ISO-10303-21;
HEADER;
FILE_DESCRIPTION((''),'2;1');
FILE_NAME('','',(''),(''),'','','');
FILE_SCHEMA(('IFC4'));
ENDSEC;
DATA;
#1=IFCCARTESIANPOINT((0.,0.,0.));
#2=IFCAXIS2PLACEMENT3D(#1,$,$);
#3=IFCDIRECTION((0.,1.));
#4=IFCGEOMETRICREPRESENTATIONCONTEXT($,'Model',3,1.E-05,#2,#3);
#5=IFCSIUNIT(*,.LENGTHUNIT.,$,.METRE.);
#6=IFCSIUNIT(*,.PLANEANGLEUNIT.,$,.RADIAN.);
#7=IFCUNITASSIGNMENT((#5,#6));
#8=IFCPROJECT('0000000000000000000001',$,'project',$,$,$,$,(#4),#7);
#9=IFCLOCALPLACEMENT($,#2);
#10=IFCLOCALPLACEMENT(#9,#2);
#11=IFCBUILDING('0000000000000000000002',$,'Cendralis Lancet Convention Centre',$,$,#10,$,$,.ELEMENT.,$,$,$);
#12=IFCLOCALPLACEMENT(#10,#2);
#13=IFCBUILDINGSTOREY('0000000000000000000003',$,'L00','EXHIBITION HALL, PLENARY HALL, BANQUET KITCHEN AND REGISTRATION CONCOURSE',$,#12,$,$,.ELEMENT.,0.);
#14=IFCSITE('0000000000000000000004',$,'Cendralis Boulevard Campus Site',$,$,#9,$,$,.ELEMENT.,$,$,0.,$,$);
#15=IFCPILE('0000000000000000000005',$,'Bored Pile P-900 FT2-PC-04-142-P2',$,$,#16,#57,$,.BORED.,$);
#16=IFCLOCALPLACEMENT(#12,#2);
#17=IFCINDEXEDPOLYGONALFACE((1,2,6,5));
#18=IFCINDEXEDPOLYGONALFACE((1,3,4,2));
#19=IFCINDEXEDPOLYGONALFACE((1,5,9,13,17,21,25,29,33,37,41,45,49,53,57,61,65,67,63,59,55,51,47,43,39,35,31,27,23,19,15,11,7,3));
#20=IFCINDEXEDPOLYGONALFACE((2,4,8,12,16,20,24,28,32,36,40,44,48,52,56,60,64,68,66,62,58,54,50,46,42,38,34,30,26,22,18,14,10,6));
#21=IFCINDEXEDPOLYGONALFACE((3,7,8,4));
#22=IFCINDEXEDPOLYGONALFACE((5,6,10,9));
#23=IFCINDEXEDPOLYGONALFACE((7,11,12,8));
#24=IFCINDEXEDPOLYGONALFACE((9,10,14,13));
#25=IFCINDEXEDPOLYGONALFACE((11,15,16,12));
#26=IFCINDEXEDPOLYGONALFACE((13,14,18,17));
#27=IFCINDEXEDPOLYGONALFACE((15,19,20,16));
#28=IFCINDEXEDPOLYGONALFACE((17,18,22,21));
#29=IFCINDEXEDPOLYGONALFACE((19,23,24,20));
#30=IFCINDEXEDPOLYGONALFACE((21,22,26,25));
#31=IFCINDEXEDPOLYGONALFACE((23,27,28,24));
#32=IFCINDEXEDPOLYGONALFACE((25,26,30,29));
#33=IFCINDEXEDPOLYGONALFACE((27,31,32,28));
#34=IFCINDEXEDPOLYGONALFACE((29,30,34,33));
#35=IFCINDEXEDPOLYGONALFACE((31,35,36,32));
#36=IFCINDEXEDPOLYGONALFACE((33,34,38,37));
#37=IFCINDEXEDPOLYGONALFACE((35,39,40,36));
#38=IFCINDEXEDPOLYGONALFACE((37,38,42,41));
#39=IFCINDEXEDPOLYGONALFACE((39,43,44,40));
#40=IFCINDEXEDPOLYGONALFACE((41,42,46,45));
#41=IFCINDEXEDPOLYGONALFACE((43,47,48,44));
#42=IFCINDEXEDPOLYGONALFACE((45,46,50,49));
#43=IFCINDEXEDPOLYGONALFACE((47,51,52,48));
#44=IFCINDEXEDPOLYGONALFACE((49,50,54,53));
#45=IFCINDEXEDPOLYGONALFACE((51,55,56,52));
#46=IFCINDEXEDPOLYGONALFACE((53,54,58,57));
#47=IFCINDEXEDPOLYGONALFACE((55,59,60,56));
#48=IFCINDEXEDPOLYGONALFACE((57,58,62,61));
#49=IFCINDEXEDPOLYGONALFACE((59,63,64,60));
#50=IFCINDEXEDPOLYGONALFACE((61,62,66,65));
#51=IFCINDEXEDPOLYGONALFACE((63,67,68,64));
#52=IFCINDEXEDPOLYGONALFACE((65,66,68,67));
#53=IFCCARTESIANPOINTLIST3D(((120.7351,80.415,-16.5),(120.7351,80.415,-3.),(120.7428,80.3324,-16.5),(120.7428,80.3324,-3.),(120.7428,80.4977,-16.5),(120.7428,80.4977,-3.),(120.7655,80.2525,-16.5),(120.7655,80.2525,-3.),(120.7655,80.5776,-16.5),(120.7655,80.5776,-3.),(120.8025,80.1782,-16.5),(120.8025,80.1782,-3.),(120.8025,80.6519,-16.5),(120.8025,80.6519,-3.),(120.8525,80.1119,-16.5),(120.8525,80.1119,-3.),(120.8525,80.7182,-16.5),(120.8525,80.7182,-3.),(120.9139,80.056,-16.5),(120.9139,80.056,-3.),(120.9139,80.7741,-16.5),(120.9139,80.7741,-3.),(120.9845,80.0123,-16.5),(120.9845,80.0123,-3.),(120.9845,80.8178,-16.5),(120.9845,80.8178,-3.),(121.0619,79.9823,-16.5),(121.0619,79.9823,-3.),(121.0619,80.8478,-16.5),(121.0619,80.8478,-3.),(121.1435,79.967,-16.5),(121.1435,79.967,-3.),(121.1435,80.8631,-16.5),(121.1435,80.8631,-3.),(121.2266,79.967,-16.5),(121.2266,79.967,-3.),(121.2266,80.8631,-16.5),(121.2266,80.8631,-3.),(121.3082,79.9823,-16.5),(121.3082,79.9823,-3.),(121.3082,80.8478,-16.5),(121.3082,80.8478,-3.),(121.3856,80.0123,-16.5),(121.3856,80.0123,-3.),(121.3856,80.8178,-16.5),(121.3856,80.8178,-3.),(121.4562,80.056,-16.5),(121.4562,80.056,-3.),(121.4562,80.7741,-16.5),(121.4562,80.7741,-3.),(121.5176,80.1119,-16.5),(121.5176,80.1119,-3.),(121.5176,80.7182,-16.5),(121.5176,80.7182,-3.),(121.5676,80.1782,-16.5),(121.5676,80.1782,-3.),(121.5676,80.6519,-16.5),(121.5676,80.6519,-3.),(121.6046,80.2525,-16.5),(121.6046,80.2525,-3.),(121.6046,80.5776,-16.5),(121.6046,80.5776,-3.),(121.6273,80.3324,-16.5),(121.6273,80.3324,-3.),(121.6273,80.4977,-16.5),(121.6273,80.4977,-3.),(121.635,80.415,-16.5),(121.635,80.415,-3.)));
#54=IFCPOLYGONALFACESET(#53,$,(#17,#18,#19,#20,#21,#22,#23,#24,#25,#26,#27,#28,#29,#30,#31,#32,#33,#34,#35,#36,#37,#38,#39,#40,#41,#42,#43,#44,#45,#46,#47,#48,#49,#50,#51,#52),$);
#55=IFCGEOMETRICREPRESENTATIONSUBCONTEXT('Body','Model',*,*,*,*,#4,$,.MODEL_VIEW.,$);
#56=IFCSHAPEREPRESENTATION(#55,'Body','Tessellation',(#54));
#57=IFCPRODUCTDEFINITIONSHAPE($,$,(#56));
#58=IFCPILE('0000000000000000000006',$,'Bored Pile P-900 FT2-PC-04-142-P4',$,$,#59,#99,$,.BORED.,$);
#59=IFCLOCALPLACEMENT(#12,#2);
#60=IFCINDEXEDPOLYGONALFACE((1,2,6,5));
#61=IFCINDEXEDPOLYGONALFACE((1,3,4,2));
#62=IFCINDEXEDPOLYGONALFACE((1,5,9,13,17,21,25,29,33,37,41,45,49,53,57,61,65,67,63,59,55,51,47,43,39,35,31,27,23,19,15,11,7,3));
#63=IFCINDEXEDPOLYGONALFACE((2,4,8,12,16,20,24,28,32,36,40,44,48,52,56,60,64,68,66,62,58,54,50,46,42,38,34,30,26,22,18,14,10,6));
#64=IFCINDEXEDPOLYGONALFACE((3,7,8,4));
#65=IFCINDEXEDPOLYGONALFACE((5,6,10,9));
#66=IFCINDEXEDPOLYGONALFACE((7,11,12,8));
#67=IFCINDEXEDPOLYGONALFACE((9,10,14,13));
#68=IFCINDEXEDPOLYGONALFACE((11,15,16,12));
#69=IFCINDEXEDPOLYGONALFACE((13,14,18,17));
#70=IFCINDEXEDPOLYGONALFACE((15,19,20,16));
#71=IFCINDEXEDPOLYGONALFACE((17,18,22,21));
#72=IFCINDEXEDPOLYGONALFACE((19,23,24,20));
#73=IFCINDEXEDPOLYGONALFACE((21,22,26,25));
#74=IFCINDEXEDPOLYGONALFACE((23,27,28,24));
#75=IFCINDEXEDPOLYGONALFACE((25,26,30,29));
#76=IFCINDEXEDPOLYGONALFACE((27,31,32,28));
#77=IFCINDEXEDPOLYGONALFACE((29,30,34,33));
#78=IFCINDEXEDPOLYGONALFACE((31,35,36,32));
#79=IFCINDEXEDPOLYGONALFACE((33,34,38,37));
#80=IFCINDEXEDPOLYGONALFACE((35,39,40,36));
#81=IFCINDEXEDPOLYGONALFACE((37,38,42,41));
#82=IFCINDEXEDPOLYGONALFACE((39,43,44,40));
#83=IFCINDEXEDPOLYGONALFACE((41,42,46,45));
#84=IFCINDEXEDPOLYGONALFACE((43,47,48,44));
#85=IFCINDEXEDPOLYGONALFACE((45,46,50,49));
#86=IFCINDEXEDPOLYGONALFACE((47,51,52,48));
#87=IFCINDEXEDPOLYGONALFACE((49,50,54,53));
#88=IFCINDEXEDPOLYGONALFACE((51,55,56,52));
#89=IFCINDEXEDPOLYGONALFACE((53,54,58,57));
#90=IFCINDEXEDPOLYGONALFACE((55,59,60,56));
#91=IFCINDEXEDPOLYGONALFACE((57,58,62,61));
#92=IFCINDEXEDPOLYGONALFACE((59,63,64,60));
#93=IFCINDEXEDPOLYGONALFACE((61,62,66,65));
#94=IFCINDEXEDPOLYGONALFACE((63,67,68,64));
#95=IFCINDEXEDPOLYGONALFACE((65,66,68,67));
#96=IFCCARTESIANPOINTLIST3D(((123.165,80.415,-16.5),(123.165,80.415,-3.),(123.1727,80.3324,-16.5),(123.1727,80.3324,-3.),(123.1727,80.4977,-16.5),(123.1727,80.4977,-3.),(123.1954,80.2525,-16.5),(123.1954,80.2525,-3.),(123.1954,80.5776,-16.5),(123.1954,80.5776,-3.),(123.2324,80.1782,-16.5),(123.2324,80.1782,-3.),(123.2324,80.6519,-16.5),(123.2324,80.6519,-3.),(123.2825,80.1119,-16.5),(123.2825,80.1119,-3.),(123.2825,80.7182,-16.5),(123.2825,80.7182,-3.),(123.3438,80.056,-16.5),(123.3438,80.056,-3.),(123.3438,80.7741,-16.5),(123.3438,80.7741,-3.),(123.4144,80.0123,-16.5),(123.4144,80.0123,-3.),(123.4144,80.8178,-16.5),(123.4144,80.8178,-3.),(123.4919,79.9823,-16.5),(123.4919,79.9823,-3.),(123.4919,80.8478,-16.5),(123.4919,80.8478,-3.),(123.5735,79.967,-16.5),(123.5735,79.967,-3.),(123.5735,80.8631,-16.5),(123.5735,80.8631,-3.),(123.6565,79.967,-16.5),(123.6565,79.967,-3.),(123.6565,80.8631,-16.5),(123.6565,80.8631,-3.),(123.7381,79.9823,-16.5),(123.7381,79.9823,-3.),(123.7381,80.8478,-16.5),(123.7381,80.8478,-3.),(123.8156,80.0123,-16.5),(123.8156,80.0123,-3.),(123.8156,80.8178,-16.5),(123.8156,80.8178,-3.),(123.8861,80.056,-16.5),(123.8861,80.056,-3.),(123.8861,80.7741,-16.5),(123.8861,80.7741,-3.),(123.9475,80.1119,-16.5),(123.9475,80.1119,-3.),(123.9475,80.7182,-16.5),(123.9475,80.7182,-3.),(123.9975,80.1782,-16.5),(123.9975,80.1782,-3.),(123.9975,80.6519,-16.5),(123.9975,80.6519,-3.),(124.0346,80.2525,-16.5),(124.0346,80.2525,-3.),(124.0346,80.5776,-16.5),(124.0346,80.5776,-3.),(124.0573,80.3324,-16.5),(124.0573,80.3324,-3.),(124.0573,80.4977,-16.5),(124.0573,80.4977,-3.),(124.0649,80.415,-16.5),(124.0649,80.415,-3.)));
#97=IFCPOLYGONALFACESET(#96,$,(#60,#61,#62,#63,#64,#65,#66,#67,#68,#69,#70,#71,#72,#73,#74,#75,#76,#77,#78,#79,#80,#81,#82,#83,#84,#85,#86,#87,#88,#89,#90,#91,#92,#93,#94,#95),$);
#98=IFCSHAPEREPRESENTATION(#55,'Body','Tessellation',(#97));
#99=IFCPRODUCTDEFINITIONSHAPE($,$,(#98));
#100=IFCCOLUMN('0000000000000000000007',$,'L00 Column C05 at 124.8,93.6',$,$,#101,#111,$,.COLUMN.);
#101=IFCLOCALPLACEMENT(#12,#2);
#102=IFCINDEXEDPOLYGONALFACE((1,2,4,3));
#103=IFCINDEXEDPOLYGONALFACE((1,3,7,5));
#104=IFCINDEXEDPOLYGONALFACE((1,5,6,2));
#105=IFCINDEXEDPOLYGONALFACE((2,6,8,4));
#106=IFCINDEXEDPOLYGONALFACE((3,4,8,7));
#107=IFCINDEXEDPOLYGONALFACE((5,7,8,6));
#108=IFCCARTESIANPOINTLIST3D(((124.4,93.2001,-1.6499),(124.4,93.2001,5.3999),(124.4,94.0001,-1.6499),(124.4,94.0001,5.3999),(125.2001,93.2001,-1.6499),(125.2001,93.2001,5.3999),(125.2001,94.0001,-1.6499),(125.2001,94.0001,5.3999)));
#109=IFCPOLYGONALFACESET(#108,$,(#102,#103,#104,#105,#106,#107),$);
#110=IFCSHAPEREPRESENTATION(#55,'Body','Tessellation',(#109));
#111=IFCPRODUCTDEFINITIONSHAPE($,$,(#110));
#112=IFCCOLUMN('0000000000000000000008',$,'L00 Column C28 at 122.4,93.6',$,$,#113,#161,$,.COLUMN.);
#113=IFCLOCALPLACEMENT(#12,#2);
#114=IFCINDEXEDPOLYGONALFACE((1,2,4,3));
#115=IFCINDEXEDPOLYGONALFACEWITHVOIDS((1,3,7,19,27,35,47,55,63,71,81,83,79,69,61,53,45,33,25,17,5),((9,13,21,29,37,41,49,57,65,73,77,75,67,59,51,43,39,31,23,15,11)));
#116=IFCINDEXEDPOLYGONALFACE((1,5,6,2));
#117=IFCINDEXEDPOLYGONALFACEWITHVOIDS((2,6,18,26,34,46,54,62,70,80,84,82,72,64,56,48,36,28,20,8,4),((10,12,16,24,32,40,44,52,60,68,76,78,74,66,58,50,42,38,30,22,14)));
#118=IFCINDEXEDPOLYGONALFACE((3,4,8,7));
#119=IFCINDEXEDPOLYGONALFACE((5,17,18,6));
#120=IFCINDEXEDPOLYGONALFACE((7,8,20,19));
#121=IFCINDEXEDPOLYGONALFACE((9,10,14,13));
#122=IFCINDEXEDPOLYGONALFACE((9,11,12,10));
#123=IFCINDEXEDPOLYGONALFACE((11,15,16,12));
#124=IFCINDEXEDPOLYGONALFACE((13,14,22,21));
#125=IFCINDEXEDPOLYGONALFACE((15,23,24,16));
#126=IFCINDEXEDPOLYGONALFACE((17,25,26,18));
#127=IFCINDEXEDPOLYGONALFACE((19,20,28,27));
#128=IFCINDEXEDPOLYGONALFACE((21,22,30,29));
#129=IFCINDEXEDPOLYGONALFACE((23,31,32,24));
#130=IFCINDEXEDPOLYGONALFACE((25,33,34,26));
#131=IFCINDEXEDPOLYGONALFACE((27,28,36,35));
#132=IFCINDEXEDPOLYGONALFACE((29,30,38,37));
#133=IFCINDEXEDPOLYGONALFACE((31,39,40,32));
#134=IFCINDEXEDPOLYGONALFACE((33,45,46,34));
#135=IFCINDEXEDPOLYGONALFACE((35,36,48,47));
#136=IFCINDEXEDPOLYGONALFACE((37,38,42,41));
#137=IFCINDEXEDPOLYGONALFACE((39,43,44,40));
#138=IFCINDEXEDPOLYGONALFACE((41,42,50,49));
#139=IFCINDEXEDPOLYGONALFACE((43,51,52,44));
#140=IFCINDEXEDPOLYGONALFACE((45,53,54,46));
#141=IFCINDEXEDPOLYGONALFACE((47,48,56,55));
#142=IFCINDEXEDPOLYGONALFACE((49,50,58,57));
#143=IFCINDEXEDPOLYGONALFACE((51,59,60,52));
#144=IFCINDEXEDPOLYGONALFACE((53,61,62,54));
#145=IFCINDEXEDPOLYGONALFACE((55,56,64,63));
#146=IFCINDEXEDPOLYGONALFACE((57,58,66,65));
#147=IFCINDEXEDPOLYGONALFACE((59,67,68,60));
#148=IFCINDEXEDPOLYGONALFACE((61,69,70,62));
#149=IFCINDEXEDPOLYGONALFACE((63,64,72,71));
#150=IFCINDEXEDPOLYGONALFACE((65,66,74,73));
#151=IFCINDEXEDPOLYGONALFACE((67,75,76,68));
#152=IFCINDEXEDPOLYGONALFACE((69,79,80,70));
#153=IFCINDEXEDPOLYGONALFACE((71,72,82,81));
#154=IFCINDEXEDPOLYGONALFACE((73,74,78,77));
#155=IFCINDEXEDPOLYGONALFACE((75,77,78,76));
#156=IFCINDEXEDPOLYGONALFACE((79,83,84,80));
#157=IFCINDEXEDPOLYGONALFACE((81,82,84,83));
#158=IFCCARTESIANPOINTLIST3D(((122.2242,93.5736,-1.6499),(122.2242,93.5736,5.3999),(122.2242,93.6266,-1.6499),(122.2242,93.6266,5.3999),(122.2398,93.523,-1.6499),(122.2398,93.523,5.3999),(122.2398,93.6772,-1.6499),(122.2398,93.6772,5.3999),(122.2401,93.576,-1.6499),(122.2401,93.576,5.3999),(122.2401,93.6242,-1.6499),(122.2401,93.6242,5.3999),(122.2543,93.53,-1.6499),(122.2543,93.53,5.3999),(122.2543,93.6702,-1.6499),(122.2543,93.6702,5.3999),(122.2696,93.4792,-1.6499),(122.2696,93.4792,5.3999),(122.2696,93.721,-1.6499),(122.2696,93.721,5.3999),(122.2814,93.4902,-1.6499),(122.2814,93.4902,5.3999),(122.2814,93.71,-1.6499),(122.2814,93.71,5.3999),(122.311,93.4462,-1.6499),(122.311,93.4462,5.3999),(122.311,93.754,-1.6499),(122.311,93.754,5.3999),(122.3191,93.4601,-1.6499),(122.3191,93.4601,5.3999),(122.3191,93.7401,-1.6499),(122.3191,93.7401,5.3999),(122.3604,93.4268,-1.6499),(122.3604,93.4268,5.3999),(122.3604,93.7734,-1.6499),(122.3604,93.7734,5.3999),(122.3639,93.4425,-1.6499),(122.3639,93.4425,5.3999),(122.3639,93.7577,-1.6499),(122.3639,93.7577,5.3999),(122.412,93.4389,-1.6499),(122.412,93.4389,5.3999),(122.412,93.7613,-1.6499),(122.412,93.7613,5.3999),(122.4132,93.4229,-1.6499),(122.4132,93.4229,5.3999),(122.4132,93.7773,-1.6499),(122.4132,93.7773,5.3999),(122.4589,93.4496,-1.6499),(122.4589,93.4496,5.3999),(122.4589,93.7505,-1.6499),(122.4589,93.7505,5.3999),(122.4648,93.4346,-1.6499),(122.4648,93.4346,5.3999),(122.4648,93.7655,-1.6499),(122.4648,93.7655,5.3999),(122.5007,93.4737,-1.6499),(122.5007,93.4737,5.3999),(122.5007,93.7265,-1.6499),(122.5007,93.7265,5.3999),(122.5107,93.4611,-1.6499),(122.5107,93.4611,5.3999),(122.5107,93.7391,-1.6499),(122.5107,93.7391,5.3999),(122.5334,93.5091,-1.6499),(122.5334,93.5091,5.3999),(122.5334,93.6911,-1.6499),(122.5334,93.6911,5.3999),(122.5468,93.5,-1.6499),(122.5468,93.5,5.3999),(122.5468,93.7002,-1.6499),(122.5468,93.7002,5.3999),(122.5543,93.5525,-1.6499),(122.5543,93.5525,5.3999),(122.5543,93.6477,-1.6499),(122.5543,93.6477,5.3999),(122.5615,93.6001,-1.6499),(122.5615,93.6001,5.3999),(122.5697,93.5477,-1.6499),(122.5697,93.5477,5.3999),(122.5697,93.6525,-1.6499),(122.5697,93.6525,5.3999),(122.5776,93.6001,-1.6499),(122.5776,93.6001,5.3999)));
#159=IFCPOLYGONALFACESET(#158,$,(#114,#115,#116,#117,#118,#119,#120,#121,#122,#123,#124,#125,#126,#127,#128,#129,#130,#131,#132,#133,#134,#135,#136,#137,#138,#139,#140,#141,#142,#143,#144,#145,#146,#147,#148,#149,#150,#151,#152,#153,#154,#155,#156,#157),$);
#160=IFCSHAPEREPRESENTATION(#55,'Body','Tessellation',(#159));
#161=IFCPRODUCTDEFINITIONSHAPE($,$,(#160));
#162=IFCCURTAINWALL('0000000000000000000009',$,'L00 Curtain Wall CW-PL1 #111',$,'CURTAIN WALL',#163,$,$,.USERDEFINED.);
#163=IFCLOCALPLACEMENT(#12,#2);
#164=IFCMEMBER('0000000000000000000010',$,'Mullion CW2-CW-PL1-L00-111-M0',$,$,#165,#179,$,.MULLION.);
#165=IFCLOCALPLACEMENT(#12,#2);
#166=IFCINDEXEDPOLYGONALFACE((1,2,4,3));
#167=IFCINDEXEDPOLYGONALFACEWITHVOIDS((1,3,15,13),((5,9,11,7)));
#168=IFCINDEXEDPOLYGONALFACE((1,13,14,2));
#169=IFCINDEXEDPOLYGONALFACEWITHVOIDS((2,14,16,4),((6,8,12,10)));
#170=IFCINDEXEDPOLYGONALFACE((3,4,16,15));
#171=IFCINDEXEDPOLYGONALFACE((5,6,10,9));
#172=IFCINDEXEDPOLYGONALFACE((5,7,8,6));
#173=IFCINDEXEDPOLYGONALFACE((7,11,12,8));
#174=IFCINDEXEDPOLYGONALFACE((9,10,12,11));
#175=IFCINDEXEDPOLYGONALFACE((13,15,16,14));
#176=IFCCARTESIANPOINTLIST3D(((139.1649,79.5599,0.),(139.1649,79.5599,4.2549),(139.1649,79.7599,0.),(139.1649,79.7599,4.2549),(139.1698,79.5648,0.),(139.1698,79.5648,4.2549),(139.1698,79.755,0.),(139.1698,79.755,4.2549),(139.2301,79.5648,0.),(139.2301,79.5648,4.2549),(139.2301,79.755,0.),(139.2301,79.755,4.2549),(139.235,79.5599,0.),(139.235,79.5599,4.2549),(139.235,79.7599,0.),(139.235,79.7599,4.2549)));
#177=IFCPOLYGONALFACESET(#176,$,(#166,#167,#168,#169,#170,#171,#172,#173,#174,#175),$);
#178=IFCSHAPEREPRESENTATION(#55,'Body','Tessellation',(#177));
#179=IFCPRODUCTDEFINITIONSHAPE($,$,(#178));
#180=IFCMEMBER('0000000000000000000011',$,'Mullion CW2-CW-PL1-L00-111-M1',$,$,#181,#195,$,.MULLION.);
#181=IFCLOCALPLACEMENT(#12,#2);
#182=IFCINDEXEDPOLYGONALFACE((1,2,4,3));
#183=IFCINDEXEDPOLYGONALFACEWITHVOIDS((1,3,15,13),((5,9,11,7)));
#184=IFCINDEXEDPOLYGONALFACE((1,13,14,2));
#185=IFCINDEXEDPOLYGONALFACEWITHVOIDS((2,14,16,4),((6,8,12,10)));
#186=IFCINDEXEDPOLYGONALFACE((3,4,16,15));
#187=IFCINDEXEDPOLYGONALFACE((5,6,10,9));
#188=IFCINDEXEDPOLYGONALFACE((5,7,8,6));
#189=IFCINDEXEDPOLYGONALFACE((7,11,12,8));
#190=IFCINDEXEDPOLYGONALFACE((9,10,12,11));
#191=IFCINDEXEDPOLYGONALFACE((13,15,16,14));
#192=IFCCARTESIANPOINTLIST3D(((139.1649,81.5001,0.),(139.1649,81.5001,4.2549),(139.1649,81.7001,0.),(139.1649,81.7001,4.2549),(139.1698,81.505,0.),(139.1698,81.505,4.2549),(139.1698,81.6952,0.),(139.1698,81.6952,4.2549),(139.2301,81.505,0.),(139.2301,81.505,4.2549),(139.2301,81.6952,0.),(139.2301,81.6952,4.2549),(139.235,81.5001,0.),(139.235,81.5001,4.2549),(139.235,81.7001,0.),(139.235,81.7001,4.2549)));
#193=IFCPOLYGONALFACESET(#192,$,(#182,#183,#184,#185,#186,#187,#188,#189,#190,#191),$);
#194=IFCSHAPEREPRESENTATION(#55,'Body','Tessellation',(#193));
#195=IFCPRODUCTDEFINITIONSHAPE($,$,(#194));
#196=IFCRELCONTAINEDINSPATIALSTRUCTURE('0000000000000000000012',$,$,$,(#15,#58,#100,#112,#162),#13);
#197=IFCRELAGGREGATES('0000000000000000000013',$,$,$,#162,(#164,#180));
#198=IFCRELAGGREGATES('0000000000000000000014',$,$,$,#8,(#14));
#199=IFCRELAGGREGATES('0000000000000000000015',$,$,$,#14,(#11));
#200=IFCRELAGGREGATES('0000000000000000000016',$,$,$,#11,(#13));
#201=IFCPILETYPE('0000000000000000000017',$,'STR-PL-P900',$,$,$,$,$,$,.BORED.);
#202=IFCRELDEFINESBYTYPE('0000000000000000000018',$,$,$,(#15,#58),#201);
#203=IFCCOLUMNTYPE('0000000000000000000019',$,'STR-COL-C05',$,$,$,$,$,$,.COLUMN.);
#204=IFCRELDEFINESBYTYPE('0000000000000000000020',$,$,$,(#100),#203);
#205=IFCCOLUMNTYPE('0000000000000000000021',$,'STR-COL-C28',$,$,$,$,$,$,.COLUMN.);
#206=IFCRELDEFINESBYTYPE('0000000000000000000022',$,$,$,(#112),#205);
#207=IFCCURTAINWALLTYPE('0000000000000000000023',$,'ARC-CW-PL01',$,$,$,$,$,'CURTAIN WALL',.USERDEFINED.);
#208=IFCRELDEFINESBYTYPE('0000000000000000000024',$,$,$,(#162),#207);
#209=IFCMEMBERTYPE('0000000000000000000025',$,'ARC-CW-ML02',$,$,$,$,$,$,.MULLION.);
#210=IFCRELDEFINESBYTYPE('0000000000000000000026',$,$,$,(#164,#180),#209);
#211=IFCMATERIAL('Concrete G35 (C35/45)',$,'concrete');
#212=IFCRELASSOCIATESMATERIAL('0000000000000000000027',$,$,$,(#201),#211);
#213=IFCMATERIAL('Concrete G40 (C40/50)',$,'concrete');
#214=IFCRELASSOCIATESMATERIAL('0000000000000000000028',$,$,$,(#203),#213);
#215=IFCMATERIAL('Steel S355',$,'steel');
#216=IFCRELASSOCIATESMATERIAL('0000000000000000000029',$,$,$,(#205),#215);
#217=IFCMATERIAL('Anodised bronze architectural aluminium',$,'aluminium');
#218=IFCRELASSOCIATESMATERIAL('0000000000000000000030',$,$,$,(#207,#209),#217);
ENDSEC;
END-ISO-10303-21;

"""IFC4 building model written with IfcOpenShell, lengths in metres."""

from ifc_helpers import new_model, si_unit, direction, frame, origin, origin_2d, place, context, subcontext, project, spatial, rectangle, hollow_rectangle, circle, hollow_circle, extrude, material, material_profile, profile_set, type_object, element, aggregate, save


model = new_model("IFC4")

# Units and contexts
model_context = context("Model", 3, precision=1e-05, world=origin(), true_north=direction((0.0, 1.0)))
body_context = subcontext(model_context, "Body", "Model", "MODEL_VIEW")
ifc_project = project(units=[si_unit("LENGTHUNIT", "METRE"), si_unit("PLANEANGLEUNIT", "RADIAN")], contexts=[model_context])

# Site, building, storey
site_placement = place(None, origin())
site = spatial("IfcSite", under=ifc_project, at=site_placement, Name="Cendralis Boulevard Campus Site", CompositionType="ELEMENT", RefElevation=0.0)
building_placement = place(site_placement, origin())
building = spatial("IfcBuilding", under=site, at=building_placement, Name="Cendralis Lancet Convention Centre", CompositionType="ELEMENT")
storey_placement = place(building_placement, origin())
storey = spatial("IfcBuildingStorey", under=building, at=storey_placement, Name="L00", Description="EXHIBITION HALL, PLENARY HALL, BANQUET KITCHEN AND REGISTRATION CONCOURSE", CompositionType="ELEMENT", Elevation=0.0)

# Piles
ifc_material_1 = material(Name="Concrete G35 (C35/45)", Category="concrete")
ifc_material_profile_1 = material_profile(ifc_material_1, circle(Radius=0.45, at=origin_2d()), Name="BORED PILE D900")
ifc_profile_set_1 = profile_set([ifc_material_profile_1], Name="Concrete G35 (C35/45)")
pile_type_1 = type_object("IfcPileType", Name="STR-PL-P900", PredefinedType="BORED", material=ifc_profile_set_1)
for number, where, z_axis, x_axis, name in (
    (1, (121.1851, 80.415, -3.0), (0.0, 0.0, -1.0), (1.0, 0.0, 0.0), "Bored Pile P-900 FT2-PC-04-142-P2"),
    (2, (123.615, 80.415, -3.0), (0.0, 0.0, -1.0), (1.0, 0.0, 0.0), "Bored Pile P-900 FT2-PC-04-142-P4"),
):
    element("IfcPile", number, at=place(storey_placement, frame(where, z_axis=z_axis, x_axis=x_axis)), inside=storey, type_object=pile_type_1, Name=name, PredefinedType="BORED", context=body_context, shape_type="SweptSolid", body=[
        extrude(circle(Radius=0.45, at=origin_2d()), origin(), (0.0, 0.0, 1.0), 13.5),
    ])

# Columns
ifc_material_2 = material(Name="Concrete G40 (C40/50)", Category="concrete")
ifc_material_profile_2 = material_profile(ifc_material_2, rectangle(XDim=0.8, YDim=0.8, at=origin_2d()), Name="RC 800x800")
ifc_profile_set_2 = profile_set([ifc_material_profile_2], Name="Concrete G40 (C40/50)")
column_type_1 = type_object("IfcColumnType", Name="STR-COL-C05", PredefinedType="COLUMN", material=ifc_profile_set_2)
column_1_placement = place(storey_placement, frame((124.8, 93.6001, -1.6499), z_axis=(0.0, 0.0, 1.0), x_axis=(1.0, 0.0, 0.0)))
element("IfcColumn", 3, at=column_1_placement, inside=storey, type_object=column_type_1, Name="L00 Column C05 at 124.8,93.6", PredefinedType="COLUMN", context=body_context, shape_type="SweptSolid", body=[
    extrude(rectangle(XDim=0.8, YDim=0.8, at=origin_2d()), origin(), (0.0, 0.0, 1.0), 7.0498),
])
ifc_material_3 = material(Name="Steel S355", Category="steel")
ifc_material_profile_3 = material_profile(ifc_material_3, hollow_circle(Radius=0.1777, WallThickness=0.0161, at=origin_2d()), Name="CHS 355.6x16.0")
ifc_profile_set_3 = profile_set([ifc_material_profile_3], Name="Steel S355")
column_type_2 = type_object("IfcColumnType", Name="STR-COL-C28", PredefinedType="COLUMN", material=ifc_profile_set_3)
column_2_placement = place(storey_placement, frame((122.3999, 93.6001, -1.6499), z_axis=(0.0, 0.0, 1.0), x_axis=(1.0, 0.0, 0.0)))
element("IfcColumn", 4, at=column_2_placement, inside=storey, type_object=column_type_2, Name="L00 Column C28 at 122.4,93.6", PredefinedType="COLUMN", context=body_context, shape_type="SweptSolid", body=[
    extrude(hollow_circle(Radius=0.1777, WallThickness=0.0161, at=origin_2d()), origin(), (0.0, 0.0, 1.0), 7.0498),
])

# Curtain wall, members
ifc_material_4 = material(Name="Anodised bronze architectural aluminium", Category="aluminium")
curtain_wall_type = type_object("IfcCurtainWallType", Name="ARC-CW-PL01", ElementType="CURTAIN WALL", PredefinedType="USERDEFINED", material=ifc_material_4)
curtain_wall_placement = place(storey_placement, origin())
curtain_wall = element("IfcCurtainWall", 5, at=curtain_wall_placement, inside=storey, type_object=curtain_wall_type, Name="L00 Curtain Wall CW-PL1 #111", ObjectType="CURTAIN WALL", PredefinedType="USERDEFINED")
ifc_material_profile_4 = material_profile(ifc_material_4, hollow_rectangle(XDim=0.0701, YDim=0.2, WallThickness=0.0049, at=origin_2d()), Name="AL-MULL 70x200x5.0")
ifc_profile_set_4 = profile_set([ifc_material_profile_4], Name="Anodised bronze architectural aluminium")
member_type_1 = type_object("IfcMemberType", Name="ARC-CW-ML02", PredefinedType="MULLION", material=ifc_profile_set_4)
member_1_placement = place(storey_placement, frame((139.2, 79.6599, 0.0), z_axis=(0.0, 0.0, 1.0), x_axis=(1.0, 0.0, 0.0)))
member_1 = element("IfcMember", 6, at=member_1_placement, type_object=member_type_1, Name="Mullion CW2-CW-PL1-L00-111-M0", PredefinedType="MULLION", context=body_context, shape_type="SweptSolid", body=[
    extrude(hollow_rectangle(XDim=0.0701, YDim=0.2, WallThickness=0.0049, at=origin_2d()), origin(), (0.0, 0.0, 1.0), 4.2549),
])
member_2_placement = place(storey_placement, frame((139.2, 81.6001, 0.0), z_axis=(0.0, 0.0, 1.0), x_axis=(1.0, 0.0, 0.0)))
member_2 = element("IfcMember", 7, at=member_2_placement, type_object=member_type_1, Name="Mullion CW2-CW-PL1-L00-111-M1", PredefinedType="MULLION", context=body_context, shape_type="SweptSolid", body=[
    extrude(hollow_rectangle(XDim=0.0701, YDim=0.2, WallThickness=0.0049, at=origin_2d()), origin(), (0.0, 0.0, 1.0), 4.2549),
])

aggregate(curtain_wall, [member_1, member_2])

save(model, "model.ifc")
